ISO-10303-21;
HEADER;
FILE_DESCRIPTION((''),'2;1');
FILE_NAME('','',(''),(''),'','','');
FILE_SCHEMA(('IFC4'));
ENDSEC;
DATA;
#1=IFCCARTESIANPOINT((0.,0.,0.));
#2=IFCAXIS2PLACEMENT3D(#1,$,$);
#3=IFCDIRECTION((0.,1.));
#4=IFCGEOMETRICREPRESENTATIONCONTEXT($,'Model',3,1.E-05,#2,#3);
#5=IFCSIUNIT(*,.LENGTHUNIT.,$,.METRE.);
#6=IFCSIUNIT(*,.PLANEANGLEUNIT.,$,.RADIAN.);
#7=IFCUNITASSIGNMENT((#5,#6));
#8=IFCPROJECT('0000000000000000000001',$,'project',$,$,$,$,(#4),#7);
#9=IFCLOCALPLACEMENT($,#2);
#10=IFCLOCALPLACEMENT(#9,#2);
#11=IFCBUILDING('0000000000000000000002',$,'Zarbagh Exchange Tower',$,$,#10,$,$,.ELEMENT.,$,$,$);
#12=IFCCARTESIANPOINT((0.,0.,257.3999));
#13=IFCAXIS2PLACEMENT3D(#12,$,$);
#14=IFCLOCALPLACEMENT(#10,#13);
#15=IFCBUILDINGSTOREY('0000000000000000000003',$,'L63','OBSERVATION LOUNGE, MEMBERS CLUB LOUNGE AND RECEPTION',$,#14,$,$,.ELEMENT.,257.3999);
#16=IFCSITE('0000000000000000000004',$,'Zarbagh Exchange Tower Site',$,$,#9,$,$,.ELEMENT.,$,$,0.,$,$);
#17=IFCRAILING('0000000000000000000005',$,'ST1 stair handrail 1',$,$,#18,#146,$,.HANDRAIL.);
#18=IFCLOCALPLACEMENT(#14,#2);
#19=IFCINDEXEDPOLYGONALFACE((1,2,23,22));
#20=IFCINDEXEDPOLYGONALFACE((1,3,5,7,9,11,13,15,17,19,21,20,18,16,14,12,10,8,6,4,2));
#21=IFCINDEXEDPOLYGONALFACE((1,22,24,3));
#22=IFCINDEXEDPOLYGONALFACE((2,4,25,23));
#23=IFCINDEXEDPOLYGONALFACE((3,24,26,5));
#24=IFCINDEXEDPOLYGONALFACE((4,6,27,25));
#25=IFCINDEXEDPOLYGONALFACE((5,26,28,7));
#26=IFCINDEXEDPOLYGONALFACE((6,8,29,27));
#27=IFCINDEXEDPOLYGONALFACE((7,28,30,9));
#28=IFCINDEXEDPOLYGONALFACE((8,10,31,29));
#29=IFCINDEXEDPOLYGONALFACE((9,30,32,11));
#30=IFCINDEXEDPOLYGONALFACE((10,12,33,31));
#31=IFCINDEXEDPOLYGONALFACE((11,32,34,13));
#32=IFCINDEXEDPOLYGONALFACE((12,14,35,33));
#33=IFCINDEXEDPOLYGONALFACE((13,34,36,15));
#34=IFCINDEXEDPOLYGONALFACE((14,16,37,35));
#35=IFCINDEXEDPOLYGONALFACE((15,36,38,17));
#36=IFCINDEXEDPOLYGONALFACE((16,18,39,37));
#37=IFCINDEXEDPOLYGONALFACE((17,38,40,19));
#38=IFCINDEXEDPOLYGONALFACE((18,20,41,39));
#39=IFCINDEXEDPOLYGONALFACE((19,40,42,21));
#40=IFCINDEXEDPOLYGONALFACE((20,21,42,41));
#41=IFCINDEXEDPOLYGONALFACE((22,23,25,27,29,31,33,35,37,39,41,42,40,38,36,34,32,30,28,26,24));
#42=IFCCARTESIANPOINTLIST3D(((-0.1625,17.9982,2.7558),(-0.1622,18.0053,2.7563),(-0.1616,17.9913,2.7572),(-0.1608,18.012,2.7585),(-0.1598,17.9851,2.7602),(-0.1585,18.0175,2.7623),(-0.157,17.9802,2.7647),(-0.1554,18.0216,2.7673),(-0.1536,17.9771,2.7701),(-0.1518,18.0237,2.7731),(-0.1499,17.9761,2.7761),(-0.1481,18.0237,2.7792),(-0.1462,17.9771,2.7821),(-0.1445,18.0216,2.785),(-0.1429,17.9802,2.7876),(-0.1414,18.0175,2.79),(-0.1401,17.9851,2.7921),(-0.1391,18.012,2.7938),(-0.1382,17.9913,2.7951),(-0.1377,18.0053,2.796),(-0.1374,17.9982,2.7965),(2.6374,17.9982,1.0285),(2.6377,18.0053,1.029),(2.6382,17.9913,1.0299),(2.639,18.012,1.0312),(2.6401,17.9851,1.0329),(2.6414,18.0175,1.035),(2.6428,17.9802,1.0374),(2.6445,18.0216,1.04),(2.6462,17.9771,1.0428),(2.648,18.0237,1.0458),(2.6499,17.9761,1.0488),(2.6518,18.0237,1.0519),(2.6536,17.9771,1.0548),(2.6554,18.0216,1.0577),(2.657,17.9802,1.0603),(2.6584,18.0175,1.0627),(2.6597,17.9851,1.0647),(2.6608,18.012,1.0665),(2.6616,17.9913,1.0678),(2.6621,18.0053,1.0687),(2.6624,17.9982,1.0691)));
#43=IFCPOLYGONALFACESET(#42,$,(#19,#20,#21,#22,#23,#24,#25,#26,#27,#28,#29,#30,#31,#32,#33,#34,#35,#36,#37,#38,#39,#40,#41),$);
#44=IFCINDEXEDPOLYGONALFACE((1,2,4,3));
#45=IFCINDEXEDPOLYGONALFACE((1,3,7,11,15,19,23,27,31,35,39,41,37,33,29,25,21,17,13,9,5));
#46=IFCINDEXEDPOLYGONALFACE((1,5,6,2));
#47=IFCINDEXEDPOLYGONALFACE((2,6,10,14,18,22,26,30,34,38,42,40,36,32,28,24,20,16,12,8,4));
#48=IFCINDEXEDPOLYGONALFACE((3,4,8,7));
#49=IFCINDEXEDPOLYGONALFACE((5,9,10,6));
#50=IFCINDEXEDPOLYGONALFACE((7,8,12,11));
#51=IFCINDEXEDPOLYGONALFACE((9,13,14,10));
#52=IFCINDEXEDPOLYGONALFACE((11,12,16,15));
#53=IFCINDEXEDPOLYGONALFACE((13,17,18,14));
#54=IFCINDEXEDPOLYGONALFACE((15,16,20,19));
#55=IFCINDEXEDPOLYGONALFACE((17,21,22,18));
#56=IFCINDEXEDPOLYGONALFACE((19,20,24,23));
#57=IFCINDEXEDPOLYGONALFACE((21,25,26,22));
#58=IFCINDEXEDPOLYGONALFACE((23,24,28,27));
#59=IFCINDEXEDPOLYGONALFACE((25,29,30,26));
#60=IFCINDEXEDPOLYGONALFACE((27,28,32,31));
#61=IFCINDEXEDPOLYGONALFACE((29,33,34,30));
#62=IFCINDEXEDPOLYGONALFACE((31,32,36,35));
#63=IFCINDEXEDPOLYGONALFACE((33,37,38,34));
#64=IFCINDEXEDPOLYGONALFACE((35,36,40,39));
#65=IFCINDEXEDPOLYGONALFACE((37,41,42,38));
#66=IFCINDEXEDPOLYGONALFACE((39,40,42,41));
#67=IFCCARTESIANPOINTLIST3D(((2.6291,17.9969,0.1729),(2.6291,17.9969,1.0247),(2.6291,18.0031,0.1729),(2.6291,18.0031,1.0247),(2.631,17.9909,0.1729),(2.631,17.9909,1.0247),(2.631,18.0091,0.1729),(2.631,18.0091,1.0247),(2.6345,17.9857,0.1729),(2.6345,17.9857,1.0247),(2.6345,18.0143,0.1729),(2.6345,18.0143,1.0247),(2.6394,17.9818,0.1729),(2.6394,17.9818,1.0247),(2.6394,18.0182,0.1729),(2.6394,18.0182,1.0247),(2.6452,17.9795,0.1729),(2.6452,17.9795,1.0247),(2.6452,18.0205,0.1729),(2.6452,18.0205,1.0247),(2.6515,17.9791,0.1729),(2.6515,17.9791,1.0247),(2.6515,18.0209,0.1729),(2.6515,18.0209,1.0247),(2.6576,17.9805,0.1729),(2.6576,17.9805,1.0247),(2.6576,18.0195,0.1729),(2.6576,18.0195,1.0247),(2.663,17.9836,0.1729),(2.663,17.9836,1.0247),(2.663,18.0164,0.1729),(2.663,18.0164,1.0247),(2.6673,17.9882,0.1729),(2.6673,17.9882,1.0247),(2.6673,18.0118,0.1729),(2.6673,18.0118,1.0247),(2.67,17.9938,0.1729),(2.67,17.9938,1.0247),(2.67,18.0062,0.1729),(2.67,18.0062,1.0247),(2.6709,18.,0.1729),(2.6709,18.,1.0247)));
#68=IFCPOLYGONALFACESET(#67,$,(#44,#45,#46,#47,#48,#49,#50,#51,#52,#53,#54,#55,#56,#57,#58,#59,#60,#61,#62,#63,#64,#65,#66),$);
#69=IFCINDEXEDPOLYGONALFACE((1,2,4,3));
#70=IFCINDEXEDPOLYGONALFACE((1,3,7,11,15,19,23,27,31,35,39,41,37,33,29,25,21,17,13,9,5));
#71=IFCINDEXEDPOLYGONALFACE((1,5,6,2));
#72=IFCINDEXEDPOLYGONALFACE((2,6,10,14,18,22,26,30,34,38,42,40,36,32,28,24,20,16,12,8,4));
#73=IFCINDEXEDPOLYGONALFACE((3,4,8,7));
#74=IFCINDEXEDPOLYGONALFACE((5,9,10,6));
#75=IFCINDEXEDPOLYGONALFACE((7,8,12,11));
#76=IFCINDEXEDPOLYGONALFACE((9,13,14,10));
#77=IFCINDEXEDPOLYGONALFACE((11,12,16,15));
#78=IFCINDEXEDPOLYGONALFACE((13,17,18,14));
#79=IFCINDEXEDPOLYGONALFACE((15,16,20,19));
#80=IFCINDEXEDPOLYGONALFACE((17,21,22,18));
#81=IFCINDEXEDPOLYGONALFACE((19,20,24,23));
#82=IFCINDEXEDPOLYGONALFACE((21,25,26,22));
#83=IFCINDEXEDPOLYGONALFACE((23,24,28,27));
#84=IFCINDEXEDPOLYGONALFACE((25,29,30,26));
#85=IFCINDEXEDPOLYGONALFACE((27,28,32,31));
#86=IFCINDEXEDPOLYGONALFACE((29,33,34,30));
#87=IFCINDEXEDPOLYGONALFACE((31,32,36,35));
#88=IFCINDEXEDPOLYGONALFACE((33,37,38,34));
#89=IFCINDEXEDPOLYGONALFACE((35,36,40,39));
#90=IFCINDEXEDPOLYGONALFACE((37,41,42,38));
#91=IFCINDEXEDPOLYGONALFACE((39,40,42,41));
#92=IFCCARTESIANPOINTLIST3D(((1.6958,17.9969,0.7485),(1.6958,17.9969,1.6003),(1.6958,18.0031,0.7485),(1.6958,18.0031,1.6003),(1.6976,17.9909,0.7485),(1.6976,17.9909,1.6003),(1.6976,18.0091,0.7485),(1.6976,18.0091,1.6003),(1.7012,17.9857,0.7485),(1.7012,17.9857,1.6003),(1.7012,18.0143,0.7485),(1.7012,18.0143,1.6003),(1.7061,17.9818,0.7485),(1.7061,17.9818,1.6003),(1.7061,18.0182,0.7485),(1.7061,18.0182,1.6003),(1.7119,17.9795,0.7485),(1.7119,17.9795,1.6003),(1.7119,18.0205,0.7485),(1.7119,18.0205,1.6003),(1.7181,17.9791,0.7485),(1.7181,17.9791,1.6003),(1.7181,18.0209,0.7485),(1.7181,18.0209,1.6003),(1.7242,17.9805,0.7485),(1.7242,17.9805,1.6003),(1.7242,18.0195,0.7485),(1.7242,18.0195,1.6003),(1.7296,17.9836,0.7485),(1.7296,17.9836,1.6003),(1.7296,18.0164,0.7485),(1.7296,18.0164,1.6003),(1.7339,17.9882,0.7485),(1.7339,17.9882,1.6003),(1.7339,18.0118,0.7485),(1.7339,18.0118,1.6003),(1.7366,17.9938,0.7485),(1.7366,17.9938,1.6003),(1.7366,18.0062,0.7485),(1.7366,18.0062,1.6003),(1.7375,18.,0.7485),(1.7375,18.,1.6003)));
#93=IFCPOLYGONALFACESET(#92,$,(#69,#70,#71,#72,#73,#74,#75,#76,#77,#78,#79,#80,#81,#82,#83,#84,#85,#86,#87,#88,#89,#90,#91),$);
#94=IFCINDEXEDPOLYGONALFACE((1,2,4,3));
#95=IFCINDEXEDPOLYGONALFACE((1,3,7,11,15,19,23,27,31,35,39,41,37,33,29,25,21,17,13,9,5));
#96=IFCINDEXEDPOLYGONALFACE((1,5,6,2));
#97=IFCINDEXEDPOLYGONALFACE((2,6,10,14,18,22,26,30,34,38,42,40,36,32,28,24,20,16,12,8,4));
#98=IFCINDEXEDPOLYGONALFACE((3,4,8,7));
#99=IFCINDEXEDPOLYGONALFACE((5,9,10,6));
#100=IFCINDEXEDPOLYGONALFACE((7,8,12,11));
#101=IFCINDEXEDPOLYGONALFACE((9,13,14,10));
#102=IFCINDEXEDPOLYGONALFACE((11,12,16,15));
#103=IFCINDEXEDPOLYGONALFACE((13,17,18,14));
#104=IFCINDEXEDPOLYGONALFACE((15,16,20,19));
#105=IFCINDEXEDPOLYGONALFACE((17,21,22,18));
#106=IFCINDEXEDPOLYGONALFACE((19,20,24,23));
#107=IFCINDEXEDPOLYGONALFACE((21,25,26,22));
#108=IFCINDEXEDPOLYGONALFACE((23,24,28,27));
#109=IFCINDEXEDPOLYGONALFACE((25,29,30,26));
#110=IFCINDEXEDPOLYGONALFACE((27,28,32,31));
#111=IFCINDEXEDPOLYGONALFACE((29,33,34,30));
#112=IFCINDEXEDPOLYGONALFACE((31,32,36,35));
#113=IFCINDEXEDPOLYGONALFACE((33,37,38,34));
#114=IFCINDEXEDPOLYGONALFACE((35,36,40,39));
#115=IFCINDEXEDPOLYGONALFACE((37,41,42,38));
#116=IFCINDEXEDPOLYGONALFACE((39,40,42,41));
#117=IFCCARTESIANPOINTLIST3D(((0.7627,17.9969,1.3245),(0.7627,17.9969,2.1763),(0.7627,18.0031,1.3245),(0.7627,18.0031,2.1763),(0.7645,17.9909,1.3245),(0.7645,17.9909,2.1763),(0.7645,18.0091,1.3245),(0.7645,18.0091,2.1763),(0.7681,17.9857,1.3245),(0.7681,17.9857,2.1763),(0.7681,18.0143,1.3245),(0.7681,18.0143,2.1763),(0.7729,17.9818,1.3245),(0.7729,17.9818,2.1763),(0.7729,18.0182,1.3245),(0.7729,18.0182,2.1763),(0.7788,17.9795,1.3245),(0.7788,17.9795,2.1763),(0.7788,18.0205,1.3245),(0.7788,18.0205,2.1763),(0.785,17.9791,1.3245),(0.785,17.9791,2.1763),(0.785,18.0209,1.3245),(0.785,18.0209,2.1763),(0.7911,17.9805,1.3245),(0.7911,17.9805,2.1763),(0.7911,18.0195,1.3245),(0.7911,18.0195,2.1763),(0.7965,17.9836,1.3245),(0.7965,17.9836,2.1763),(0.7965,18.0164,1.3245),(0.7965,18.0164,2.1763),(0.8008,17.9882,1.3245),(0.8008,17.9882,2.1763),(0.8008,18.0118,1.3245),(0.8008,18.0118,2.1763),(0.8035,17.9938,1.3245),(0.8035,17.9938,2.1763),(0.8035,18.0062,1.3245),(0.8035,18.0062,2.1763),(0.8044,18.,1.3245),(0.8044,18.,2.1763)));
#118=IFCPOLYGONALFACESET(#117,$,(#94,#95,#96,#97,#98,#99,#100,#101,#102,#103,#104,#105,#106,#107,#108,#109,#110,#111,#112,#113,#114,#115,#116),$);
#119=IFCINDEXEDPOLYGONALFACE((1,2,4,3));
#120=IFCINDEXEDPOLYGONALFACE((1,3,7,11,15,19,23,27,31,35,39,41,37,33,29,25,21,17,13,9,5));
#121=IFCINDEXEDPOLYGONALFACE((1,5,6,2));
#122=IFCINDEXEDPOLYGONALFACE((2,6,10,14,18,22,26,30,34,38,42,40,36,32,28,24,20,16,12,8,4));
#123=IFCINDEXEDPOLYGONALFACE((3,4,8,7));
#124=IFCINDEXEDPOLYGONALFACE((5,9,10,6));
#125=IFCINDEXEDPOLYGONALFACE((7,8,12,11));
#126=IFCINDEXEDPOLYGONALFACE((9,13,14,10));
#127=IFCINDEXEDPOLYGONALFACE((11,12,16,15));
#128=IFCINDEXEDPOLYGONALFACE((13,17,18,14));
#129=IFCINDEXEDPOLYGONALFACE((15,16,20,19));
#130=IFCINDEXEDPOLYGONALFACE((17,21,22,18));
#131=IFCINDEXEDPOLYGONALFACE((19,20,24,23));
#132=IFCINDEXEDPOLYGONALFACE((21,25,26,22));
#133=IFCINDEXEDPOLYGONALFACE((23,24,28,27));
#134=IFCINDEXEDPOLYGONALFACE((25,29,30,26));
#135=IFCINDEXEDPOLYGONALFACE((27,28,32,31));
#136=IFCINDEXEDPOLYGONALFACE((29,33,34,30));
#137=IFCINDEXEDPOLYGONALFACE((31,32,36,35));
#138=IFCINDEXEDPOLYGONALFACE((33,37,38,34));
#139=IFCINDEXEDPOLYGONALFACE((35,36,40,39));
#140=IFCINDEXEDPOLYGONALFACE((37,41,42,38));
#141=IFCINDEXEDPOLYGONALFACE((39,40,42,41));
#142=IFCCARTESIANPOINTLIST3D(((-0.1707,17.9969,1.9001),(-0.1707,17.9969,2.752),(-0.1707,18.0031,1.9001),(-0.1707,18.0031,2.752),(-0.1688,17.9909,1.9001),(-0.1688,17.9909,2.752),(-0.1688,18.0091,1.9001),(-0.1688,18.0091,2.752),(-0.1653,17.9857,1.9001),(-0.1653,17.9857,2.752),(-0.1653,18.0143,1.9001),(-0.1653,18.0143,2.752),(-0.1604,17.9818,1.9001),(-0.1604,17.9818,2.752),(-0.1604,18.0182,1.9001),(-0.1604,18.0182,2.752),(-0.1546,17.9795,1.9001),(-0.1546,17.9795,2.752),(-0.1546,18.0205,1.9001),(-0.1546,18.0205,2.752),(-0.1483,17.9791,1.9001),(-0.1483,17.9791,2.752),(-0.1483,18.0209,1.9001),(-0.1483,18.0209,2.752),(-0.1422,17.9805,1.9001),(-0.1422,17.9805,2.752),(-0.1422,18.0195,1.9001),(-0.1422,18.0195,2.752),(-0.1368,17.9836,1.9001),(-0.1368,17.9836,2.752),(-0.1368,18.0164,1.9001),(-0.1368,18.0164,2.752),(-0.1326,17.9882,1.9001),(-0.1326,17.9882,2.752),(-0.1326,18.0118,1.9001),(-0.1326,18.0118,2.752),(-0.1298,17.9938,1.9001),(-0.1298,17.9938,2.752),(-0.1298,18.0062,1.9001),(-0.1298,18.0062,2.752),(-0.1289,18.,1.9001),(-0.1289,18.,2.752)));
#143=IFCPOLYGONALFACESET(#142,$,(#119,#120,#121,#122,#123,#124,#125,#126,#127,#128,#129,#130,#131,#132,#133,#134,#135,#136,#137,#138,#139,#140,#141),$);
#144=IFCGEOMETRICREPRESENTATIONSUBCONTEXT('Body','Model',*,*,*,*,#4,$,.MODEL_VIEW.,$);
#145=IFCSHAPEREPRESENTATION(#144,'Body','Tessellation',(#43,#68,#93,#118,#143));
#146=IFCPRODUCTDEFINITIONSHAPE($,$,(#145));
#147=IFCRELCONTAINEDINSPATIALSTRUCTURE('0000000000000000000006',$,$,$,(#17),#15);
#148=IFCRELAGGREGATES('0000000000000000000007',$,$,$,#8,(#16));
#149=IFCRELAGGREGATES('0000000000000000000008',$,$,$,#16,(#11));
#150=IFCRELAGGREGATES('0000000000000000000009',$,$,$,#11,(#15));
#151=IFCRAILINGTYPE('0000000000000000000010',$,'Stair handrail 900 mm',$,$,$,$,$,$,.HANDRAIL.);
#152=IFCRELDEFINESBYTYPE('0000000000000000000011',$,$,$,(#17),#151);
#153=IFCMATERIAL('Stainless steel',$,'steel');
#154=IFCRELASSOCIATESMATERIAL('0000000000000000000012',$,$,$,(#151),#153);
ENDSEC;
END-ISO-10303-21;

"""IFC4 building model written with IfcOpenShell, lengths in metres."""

from ifc_helpers import new_model, si_unit, direction, frame, origin, origin_2d, place, context, subcontext, project, spatial, circle, extrude, material, type_object, element, save


model = new_model("IFC4")

# Units and contexts
model_context = context("Model", 3, precision=1e-05, world=origin(), true_north=direction((0.0, 1.0)))
body_context = subcontext(model_context, "Body", "Model", "MODEL_VIEW")
ifc_project = project(units=[si_unit("LENGTHUNIT", "METRE"), si_unit("PLANEANGLEUNIT", "RADIAN")], contexts=[model_context])

# Site, building, storey
site_placement = place(None, origin())
site = spatial("IfcSite", under=ifc_project, at=site_placement, Name="Zarbagh Exchange Tower Site", CompositionType="ELEMENT", RefElevation=0.0)
building_placement = place(site_placement, origin())
building = spatial("IfcBuilding", under=site, at=building_placement, Name="Zarbagh Exchange Tower", CompositionType="ELEMENT")
storey_placement = place(building_placement, frame((0.0, 0.0, 257.3999)))
storey = spatial("IfcBuildingStorey", under=building, at=storey_placement, Name="L63", Description="OBSERVATION LOUNGE, MEMBERS CLUB LOUNGE AND RECEPTION", CompositionType="ELEMENT", Elevation=257.3999)

# Shared definitions
ifc_material_1 = material(Name="Stainless steel", Category="steel")

# Railing
railing_type_1 = type_object("IfcRailingType", Name="Stair handrail 900 mm", PredefinedType="HANDRAIL", material=ifc_material_1)
railing_1_placement = place(storey_placement, frame((2.6499, 18.0, 0.1729)))
element("IfcRailing", 1, at=railing_1_placement, inside=storey, type_object=railing_type_1, Name="ST1 stair handrail 1", PredefinedType="HANDRAIL", context=body_context, shape_type="SweptSolid", body=[
    extrude(circle(Radius=0.0239, at=origin_2d()), frame((0.0, 0.0, 0.876), z_axis=(-0.851069, 0.0, 0.525054), x_axis=(0.0, -1.0, 0.0)), (0.0, 0.0, 1.0), 3.2898),
    extrude(circle(Radius=0.021, at=origin_2d()), origin(), (0.0, 0.0, 1.0), 0.8518),
    extrude(circle(Radius=0.021, at=origin_2d()), frame((-0.9333, 0.0, 0.5757)), (0.0, 0.0, 1.0), 0.8518),
    extrude(circle(Radius=0.021, at=origin_2d()), frame((-1.8665, 0.0, 1.1516)), (0.0, 0.0, 1.0), 0.8518),
    extrude(circle(Radius=0.021, at=origin_2d()), frame((-2.7998, 0.0, 1.7273)), (0.0, 0.0, 1.0), 0.8518),
])

save(model, "model.ifc")
